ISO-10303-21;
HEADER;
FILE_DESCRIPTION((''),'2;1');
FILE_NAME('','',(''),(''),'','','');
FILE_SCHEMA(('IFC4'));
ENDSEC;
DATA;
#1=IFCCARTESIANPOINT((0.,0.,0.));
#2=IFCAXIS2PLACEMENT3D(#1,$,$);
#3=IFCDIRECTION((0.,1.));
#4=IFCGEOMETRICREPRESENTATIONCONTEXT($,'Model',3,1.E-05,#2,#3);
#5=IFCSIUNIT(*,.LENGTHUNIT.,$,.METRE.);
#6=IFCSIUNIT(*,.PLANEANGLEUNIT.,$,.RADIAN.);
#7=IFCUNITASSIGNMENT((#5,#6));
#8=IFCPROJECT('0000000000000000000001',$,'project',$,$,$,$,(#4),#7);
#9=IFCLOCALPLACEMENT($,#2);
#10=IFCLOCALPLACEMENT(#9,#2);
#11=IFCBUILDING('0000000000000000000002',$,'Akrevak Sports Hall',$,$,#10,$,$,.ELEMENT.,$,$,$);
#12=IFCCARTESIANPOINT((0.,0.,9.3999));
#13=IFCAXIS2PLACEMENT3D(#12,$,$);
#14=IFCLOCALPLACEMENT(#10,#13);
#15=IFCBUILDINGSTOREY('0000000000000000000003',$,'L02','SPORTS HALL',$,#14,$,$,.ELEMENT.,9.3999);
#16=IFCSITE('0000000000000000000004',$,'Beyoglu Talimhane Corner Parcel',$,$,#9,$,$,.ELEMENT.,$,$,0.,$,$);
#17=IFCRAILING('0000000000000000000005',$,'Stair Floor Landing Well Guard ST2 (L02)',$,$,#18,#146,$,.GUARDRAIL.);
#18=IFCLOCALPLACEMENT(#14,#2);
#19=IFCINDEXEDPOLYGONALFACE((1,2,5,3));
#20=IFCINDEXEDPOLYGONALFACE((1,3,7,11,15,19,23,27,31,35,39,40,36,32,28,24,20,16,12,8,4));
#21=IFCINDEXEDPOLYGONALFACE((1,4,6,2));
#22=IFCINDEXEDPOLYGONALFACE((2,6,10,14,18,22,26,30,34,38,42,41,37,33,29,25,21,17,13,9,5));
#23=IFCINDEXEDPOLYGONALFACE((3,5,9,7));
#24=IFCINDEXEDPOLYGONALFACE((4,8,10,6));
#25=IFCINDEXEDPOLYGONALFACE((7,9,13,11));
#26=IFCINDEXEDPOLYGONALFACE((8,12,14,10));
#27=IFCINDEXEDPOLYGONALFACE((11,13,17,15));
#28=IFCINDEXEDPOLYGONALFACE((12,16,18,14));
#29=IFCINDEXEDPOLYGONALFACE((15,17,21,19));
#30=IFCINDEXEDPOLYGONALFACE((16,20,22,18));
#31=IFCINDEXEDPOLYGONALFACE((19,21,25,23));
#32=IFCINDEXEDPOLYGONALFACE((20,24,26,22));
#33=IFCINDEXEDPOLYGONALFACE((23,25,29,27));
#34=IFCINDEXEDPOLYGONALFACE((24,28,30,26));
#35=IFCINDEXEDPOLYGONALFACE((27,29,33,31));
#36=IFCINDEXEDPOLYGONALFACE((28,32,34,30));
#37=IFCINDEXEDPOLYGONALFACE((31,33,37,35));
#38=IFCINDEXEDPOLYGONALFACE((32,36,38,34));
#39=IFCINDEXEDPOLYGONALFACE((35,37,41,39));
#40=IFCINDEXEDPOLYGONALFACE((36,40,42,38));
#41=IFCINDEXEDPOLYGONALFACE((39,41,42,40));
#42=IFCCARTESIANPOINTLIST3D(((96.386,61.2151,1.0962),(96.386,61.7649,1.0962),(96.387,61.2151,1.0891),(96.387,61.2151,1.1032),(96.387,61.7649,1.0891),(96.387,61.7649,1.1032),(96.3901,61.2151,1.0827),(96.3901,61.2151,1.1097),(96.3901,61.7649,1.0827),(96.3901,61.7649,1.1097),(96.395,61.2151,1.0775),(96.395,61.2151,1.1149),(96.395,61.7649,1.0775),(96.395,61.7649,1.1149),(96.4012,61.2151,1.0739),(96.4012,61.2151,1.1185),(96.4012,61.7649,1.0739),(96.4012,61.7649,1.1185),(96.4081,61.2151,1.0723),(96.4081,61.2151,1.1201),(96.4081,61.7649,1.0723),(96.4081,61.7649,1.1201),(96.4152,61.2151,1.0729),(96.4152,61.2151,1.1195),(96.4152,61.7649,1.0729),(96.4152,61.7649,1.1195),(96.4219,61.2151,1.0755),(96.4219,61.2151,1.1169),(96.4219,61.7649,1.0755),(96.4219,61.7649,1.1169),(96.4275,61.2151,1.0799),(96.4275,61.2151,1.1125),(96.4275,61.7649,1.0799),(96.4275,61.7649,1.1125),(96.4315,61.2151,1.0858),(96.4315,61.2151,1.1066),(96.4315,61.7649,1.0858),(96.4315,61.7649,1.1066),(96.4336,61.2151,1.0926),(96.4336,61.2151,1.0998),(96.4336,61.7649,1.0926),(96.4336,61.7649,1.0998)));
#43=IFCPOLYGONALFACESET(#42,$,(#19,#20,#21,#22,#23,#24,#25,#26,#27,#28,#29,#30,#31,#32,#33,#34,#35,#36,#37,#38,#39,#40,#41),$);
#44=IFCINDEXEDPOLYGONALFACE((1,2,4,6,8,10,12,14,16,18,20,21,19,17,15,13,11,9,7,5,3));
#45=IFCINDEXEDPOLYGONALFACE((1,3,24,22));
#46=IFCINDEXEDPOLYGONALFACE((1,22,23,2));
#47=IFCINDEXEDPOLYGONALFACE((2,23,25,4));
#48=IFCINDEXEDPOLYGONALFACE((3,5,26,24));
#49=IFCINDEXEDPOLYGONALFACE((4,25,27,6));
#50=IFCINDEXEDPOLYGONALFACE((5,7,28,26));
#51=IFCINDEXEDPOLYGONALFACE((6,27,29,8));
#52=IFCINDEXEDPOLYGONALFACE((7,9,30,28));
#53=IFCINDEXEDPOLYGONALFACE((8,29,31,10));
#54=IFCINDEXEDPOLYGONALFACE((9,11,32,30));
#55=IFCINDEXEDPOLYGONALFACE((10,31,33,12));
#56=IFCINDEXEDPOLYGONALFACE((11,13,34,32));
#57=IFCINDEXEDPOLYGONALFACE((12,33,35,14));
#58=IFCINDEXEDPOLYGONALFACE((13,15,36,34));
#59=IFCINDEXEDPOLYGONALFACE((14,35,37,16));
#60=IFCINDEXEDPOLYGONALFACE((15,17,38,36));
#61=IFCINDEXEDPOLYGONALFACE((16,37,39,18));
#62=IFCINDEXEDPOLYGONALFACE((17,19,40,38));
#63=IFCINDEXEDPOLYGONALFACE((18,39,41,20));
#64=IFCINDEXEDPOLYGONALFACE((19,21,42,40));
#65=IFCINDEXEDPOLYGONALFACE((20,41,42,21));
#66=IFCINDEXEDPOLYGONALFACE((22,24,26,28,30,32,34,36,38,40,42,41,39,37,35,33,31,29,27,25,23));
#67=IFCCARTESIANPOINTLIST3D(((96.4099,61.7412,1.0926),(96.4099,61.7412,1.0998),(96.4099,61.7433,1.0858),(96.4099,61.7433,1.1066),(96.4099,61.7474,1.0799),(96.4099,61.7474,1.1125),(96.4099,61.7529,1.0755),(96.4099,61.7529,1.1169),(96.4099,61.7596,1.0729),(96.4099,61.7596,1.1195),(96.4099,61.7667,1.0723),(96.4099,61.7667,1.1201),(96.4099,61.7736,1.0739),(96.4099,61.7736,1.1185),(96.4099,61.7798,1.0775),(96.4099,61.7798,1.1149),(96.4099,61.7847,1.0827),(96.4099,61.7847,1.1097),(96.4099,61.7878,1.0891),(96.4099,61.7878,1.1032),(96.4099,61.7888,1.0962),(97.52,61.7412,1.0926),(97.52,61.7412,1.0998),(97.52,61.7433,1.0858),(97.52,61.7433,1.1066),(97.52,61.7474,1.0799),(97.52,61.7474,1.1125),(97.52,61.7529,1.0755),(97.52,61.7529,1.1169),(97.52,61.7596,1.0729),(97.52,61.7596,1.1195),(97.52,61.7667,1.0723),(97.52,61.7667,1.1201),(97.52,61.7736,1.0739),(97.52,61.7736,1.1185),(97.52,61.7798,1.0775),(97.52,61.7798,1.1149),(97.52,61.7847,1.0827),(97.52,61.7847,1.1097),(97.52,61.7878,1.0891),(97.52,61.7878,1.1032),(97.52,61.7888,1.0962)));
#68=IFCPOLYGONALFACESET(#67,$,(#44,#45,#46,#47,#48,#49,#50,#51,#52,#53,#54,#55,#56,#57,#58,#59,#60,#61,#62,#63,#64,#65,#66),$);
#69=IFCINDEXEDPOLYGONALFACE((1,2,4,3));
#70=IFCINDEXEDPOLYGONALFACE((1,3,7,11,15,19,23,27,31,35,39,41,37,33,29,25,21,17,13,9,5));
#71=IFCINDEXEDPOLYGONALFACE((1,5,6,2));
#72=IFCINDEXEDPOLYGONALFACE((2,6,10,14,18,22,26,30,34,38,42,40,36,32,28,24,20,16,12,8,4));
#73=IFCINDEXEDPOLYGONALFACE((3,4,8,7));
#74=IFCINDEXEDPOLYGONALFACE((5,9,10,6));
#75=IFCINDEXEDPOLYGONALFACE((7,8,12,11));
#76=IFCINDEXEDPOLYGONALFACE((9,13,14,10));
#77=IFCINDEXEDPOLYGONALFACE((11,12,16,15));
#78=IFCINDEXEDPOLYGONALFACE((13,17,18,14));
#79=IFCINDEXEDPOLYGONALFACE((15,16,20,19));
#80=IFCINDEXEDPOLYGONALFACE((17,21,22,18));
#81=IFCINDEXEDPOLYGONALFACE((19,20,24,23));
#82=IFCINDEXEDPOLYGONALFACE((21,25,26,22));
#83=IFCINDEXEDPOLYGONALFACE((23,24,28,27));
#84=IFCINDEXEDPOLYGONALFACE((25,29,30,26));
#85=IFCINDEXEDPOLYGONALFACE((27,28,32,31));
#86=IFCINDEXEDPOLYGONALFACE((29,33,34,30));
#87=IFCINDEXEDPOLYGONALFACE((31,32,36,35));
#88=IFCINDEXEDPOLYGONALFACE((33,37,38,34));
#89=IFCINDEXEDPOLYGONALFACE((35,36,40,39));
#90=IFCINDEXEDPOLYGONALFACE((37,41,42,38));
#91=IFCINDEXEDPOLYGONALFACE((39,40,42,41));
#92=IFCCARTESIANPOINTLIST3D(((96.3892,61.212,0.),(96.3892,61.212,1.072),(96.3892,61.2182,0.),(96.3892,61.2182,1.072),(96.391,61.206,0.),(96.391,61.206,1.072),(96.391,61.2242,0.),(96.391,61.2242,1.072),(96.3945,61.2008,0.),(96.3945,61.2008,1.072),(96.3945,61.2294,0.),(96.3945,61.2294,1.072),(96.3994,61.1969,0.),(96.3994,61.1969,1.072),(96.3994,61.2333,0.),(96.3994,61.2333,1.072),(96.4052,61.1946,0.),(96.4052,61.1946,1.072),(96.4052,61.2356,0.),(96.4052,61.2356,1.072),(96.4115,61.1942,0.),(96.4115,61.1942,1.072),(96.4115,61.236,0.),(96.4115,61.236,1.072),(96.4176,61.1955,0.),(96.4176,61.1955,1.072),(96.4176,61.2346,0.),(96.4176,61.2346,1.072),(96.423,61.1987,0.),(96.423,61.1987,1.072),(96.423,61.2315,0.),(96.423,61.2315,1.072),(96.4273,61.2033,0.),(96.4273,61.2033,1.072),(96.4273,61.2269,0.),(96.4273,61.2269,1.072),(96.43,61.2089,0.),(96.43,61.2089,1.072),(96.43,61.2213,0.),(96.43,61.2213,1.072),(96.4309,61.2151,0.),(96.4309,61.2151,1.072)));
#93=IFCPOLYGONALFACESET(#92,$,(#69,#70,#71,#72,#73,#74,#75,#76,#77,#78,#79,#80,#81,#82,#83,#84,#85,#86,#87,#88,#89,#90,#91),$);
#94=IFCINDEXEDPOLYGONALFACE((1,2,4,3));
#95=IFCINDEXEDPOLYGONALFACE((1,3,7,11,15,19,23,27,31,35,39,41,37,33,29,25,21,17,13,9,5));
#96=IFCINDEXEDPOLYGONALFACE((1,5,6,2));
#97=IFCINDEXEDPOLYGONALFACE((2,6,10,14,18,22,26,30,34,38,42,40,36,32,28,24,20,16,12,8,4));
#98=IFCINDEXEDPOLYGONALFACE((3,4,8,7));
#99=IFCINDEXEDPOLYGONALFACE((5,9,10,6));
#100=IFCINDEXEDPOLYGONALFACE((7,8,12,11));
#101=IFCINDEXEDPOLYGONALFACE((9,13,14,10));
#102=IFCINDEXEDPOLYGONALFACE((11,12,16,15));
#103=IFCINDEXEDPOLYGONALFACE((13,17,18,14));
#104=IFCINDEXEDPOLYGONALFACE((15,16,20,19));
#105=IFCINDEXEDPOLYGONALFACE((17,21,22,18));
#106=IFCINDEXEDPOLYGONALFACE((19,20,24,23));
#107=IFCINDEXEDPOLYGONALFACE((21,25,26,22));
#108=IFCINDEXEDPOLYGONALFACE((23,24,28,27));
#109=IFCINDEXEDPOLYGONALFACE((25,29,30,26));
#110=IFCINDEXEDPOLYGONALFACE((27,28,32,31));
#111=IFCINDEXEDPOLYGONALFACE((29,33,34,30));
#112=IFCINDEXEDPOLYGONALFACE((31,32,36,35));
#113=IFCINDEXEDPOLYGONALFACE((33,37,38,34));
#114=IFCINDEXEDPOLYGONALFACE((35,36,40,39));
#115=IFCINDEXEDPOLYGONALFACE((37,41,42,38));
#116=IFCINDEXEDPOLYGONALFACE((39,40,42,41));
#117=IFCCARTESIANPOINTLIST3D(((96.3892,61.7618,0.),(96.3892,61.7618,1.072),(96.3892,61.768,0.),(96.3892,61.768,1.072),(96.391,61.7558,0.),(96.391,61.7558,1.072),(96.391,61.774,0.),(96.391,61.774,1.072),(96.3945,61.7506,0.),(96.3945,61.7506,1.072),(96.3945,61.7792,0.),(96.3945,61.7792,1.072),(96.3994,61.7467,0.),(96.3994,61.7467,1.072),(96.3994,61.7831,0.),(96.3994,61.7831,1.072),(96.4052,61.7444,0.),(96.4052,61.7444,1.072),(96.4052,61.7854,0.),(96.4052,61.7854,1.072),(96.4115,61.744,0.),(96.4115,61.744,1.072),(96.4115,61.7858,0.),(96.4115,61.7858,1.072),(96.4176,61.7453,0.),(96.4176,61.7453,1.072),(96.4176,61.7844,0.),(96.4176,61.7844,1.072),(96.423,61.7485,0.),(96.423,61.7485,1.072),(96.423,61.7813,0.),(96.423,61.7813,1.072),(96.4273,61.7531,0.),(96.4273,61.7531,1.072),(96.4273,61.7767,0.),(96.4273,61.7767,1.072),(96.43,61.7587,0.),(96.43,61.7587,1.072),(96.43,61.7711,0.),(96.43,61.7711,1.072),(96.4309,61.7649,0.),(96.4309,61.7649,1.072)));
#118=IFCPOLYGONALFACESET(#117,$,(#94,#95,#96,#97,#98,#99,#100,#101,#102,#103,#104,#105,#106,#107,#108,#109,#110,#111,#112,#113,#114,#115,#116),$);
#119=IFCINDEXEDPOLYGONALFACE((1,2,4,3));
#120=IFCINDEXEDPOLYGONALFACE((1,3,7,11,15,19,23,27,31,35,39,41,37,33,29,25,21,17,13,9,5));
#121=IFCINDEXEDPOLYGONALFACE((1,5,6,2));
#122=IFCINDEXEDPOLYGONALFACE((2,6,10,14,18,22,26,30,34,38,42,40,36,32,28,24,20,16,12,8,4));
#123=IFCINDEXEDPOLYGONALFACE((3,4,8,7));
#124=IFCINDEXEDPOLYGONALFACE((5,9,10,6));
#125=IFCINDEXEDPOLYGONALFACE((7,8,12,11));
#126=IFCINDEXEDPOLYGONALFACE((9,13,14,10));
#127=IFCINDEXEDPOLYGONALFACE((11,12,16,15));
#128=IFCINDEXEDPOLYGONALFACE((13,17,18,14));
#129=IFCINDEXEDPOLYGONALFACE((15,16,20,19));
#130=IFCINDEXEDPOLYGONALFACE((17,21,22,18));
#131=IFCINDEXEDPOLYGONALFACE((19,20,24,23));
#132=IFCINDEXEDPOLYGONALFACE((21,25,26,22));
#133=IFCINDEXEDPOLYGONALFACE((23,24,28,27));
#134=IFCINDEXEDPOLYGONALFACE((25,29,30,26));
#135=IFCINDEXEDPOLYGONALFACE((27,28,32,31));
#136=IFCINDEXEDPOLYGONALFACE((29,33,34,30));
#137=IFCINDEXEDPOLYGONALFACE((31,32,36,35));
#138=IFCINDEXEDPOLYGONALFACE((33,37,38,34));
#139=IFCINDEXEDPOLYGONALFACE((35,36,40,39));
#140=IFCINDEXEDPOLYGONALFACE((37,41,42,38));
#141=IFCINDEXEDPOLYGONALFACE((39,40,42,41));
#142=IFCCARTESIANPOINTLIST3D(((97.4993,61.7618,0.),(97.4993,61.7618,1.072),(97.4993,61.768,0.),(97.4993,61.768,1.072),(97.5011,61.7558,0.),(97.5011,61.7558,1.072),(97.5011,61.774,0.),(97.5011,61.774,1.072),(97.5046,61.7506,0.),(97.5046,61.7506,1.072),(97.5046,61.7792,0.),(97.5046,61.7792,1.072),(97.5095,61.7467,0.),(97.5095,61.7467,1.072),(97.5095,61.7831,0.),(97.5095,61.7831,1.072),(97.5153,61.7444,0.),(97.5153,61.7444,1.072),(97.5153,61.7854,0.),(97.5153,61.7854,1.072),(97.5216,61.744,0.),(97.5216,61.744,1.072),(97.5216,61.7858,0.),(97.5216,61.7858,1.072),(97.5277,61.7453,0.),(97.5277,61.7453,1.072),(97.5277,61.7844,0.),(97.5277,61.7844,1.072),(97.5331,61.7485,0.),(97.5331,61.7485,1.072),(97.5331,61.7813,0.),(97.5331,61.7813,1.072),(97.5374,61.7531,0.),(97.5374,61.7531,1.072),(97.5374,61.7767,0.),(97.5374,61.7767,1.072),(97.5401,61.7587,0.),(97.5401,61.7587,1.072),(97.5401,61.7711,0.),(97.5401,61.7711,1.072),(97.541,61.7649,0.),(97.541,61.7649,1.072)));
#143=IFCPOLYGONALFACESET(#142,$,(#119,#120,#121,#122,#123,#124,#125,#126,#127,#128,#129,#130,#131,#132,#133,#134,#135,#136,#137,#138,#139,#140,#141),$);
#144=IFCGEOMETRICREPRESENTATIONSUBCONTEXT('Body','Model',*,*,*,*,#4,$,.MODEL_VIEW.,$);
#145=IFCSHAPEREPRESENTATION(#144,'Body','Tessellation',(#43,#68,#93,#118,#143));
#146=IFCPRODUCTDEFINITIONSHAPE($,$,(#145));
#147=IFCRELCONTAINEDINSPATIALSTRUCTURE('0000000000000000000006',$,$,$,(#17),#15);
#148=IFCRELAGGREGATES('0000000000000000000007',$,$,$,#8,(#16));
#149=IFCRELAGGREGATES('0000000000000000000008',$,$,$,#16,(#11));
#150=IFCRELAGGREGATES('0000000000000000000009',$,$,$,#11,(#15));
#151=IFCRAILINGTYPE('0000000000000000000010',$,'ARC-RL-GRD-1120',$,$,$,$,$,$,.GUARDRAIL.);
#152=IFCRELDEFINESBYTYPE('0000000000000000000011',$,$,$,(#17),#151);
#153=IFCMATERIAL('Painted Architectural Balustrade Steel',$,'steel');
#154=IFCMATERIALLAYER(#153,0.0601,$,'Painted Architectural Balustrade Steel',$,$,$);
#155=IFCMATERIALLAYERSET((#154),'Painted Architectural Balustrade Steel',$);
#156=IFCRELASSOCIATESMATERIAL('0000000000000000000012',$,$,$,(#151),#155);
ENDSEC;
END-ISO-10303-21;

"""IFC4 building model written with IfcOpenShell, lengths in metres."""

from ifc_helpers import new_model, si_unit, direction, frame, origin, origin_2d, place, context, subcontext, project, spatial, circle, extrude, material, layer, layer_set, type_object, element, save


model = new_model("IFC4")

# Units and contexts
model_context = context("Model", 3, precision=1e-05, world=origin(), true_north=direction((0.0, 1.0)))
body_context = subcontext(model_context, "Body", "Model", "MODEL_VIEW")
ifc_project = project(units=[si_unit("LENGTHUNIT", "METRE"), si_unit("PLANEANGLEUNIT", "RADIAN")], contexts=[model_context])

# Site, building, storey
site_placement = place(None, origin())
site = spatial("IfcSite", under=ifc_project, at=site_placement, Name="Beyoglu Talimhane Corner Parcel", CompositionType="ELEMENT", RefElevation=0.0)
building_placement = place(site_placement, origin())
building = spatial("IfcBuilding", under=site, at=building_placement, Name="Akrevak Sports Hall", CompositionType="ELEMENT")
storey_placement = place(building_placement, frame((0.0, 0.0, 9.3999)))
storey = spatial("IfcBuildingStorey", under=building, at=storey_placement, Name="L02", Description="SPORTS HALL", CompositionType="ELEMENT", Elevation=9.3999)

# Railing
ifc_material_1 = material(Name="Painted Architectural Balustrade Steel", Category="steel")
ifc_layer_1 = layer(ifc_material_1, 0.0601, Name="Painted Architectural Balustrade Steel")
ifc_layer_set_1 = layer_set([ifc_layer_1], Name="Painted Architectural Balustrade Steel")
railing_type_1 = type_object("IfcRailingType", Name="ARC-RL-GRD-1120", PredefinedType="GUARDRAIL", material=ifc_layer_set_1)
railing_1_placement = place(storey_placement, frame((96.4099, 61.2151, 0.0)))
element("IfcRailing", 1, at=railing_1_placement, inside=storey, type_object=railing_type_1, Name="Stair Floor Landing Well Guard ST2 (L02)", PredefinedType="GUARDRAIL", context=body_context, shape_type="SweptSolid", body=[
    extrude(circle(Radius=0.0239, at=origin_2d()), frame((0.0, 0.0, 1.0962), z_axis=(0.0, 1.0, 0.0), x_axis=(-1.0, 0.0, 0.0)), (0.0, 0.0, 1.0), 0.5498),
    extrude(circle(Radius=0.0239, at=origin_2d()), frame((0.0, 0.5498, 1.0962), z_axis=(1.0, 0.0, 0.0), x_axis=(0.0, 1.0, 0.0)), (0.0, 0.0, 1.0), 1.1101),
    extrude(circle(Radius=0.021, at=origin_2d()), origin(), (0.0, 0.0, 1.0), 1.072),
    extrude(circle(Radius=0.021, at=origin_2d()), frame((0.0, 0.5498, 0.0)), (0.0, 0.0, 1.0), 1.072),
    extrude(circle(Radius=0.021, at=origin_2d()), frame((1.1101, 0.5498, 0.0)), (0.0, 0.0, 1.0), 1.072),
])

save(model, "model.ifc")
